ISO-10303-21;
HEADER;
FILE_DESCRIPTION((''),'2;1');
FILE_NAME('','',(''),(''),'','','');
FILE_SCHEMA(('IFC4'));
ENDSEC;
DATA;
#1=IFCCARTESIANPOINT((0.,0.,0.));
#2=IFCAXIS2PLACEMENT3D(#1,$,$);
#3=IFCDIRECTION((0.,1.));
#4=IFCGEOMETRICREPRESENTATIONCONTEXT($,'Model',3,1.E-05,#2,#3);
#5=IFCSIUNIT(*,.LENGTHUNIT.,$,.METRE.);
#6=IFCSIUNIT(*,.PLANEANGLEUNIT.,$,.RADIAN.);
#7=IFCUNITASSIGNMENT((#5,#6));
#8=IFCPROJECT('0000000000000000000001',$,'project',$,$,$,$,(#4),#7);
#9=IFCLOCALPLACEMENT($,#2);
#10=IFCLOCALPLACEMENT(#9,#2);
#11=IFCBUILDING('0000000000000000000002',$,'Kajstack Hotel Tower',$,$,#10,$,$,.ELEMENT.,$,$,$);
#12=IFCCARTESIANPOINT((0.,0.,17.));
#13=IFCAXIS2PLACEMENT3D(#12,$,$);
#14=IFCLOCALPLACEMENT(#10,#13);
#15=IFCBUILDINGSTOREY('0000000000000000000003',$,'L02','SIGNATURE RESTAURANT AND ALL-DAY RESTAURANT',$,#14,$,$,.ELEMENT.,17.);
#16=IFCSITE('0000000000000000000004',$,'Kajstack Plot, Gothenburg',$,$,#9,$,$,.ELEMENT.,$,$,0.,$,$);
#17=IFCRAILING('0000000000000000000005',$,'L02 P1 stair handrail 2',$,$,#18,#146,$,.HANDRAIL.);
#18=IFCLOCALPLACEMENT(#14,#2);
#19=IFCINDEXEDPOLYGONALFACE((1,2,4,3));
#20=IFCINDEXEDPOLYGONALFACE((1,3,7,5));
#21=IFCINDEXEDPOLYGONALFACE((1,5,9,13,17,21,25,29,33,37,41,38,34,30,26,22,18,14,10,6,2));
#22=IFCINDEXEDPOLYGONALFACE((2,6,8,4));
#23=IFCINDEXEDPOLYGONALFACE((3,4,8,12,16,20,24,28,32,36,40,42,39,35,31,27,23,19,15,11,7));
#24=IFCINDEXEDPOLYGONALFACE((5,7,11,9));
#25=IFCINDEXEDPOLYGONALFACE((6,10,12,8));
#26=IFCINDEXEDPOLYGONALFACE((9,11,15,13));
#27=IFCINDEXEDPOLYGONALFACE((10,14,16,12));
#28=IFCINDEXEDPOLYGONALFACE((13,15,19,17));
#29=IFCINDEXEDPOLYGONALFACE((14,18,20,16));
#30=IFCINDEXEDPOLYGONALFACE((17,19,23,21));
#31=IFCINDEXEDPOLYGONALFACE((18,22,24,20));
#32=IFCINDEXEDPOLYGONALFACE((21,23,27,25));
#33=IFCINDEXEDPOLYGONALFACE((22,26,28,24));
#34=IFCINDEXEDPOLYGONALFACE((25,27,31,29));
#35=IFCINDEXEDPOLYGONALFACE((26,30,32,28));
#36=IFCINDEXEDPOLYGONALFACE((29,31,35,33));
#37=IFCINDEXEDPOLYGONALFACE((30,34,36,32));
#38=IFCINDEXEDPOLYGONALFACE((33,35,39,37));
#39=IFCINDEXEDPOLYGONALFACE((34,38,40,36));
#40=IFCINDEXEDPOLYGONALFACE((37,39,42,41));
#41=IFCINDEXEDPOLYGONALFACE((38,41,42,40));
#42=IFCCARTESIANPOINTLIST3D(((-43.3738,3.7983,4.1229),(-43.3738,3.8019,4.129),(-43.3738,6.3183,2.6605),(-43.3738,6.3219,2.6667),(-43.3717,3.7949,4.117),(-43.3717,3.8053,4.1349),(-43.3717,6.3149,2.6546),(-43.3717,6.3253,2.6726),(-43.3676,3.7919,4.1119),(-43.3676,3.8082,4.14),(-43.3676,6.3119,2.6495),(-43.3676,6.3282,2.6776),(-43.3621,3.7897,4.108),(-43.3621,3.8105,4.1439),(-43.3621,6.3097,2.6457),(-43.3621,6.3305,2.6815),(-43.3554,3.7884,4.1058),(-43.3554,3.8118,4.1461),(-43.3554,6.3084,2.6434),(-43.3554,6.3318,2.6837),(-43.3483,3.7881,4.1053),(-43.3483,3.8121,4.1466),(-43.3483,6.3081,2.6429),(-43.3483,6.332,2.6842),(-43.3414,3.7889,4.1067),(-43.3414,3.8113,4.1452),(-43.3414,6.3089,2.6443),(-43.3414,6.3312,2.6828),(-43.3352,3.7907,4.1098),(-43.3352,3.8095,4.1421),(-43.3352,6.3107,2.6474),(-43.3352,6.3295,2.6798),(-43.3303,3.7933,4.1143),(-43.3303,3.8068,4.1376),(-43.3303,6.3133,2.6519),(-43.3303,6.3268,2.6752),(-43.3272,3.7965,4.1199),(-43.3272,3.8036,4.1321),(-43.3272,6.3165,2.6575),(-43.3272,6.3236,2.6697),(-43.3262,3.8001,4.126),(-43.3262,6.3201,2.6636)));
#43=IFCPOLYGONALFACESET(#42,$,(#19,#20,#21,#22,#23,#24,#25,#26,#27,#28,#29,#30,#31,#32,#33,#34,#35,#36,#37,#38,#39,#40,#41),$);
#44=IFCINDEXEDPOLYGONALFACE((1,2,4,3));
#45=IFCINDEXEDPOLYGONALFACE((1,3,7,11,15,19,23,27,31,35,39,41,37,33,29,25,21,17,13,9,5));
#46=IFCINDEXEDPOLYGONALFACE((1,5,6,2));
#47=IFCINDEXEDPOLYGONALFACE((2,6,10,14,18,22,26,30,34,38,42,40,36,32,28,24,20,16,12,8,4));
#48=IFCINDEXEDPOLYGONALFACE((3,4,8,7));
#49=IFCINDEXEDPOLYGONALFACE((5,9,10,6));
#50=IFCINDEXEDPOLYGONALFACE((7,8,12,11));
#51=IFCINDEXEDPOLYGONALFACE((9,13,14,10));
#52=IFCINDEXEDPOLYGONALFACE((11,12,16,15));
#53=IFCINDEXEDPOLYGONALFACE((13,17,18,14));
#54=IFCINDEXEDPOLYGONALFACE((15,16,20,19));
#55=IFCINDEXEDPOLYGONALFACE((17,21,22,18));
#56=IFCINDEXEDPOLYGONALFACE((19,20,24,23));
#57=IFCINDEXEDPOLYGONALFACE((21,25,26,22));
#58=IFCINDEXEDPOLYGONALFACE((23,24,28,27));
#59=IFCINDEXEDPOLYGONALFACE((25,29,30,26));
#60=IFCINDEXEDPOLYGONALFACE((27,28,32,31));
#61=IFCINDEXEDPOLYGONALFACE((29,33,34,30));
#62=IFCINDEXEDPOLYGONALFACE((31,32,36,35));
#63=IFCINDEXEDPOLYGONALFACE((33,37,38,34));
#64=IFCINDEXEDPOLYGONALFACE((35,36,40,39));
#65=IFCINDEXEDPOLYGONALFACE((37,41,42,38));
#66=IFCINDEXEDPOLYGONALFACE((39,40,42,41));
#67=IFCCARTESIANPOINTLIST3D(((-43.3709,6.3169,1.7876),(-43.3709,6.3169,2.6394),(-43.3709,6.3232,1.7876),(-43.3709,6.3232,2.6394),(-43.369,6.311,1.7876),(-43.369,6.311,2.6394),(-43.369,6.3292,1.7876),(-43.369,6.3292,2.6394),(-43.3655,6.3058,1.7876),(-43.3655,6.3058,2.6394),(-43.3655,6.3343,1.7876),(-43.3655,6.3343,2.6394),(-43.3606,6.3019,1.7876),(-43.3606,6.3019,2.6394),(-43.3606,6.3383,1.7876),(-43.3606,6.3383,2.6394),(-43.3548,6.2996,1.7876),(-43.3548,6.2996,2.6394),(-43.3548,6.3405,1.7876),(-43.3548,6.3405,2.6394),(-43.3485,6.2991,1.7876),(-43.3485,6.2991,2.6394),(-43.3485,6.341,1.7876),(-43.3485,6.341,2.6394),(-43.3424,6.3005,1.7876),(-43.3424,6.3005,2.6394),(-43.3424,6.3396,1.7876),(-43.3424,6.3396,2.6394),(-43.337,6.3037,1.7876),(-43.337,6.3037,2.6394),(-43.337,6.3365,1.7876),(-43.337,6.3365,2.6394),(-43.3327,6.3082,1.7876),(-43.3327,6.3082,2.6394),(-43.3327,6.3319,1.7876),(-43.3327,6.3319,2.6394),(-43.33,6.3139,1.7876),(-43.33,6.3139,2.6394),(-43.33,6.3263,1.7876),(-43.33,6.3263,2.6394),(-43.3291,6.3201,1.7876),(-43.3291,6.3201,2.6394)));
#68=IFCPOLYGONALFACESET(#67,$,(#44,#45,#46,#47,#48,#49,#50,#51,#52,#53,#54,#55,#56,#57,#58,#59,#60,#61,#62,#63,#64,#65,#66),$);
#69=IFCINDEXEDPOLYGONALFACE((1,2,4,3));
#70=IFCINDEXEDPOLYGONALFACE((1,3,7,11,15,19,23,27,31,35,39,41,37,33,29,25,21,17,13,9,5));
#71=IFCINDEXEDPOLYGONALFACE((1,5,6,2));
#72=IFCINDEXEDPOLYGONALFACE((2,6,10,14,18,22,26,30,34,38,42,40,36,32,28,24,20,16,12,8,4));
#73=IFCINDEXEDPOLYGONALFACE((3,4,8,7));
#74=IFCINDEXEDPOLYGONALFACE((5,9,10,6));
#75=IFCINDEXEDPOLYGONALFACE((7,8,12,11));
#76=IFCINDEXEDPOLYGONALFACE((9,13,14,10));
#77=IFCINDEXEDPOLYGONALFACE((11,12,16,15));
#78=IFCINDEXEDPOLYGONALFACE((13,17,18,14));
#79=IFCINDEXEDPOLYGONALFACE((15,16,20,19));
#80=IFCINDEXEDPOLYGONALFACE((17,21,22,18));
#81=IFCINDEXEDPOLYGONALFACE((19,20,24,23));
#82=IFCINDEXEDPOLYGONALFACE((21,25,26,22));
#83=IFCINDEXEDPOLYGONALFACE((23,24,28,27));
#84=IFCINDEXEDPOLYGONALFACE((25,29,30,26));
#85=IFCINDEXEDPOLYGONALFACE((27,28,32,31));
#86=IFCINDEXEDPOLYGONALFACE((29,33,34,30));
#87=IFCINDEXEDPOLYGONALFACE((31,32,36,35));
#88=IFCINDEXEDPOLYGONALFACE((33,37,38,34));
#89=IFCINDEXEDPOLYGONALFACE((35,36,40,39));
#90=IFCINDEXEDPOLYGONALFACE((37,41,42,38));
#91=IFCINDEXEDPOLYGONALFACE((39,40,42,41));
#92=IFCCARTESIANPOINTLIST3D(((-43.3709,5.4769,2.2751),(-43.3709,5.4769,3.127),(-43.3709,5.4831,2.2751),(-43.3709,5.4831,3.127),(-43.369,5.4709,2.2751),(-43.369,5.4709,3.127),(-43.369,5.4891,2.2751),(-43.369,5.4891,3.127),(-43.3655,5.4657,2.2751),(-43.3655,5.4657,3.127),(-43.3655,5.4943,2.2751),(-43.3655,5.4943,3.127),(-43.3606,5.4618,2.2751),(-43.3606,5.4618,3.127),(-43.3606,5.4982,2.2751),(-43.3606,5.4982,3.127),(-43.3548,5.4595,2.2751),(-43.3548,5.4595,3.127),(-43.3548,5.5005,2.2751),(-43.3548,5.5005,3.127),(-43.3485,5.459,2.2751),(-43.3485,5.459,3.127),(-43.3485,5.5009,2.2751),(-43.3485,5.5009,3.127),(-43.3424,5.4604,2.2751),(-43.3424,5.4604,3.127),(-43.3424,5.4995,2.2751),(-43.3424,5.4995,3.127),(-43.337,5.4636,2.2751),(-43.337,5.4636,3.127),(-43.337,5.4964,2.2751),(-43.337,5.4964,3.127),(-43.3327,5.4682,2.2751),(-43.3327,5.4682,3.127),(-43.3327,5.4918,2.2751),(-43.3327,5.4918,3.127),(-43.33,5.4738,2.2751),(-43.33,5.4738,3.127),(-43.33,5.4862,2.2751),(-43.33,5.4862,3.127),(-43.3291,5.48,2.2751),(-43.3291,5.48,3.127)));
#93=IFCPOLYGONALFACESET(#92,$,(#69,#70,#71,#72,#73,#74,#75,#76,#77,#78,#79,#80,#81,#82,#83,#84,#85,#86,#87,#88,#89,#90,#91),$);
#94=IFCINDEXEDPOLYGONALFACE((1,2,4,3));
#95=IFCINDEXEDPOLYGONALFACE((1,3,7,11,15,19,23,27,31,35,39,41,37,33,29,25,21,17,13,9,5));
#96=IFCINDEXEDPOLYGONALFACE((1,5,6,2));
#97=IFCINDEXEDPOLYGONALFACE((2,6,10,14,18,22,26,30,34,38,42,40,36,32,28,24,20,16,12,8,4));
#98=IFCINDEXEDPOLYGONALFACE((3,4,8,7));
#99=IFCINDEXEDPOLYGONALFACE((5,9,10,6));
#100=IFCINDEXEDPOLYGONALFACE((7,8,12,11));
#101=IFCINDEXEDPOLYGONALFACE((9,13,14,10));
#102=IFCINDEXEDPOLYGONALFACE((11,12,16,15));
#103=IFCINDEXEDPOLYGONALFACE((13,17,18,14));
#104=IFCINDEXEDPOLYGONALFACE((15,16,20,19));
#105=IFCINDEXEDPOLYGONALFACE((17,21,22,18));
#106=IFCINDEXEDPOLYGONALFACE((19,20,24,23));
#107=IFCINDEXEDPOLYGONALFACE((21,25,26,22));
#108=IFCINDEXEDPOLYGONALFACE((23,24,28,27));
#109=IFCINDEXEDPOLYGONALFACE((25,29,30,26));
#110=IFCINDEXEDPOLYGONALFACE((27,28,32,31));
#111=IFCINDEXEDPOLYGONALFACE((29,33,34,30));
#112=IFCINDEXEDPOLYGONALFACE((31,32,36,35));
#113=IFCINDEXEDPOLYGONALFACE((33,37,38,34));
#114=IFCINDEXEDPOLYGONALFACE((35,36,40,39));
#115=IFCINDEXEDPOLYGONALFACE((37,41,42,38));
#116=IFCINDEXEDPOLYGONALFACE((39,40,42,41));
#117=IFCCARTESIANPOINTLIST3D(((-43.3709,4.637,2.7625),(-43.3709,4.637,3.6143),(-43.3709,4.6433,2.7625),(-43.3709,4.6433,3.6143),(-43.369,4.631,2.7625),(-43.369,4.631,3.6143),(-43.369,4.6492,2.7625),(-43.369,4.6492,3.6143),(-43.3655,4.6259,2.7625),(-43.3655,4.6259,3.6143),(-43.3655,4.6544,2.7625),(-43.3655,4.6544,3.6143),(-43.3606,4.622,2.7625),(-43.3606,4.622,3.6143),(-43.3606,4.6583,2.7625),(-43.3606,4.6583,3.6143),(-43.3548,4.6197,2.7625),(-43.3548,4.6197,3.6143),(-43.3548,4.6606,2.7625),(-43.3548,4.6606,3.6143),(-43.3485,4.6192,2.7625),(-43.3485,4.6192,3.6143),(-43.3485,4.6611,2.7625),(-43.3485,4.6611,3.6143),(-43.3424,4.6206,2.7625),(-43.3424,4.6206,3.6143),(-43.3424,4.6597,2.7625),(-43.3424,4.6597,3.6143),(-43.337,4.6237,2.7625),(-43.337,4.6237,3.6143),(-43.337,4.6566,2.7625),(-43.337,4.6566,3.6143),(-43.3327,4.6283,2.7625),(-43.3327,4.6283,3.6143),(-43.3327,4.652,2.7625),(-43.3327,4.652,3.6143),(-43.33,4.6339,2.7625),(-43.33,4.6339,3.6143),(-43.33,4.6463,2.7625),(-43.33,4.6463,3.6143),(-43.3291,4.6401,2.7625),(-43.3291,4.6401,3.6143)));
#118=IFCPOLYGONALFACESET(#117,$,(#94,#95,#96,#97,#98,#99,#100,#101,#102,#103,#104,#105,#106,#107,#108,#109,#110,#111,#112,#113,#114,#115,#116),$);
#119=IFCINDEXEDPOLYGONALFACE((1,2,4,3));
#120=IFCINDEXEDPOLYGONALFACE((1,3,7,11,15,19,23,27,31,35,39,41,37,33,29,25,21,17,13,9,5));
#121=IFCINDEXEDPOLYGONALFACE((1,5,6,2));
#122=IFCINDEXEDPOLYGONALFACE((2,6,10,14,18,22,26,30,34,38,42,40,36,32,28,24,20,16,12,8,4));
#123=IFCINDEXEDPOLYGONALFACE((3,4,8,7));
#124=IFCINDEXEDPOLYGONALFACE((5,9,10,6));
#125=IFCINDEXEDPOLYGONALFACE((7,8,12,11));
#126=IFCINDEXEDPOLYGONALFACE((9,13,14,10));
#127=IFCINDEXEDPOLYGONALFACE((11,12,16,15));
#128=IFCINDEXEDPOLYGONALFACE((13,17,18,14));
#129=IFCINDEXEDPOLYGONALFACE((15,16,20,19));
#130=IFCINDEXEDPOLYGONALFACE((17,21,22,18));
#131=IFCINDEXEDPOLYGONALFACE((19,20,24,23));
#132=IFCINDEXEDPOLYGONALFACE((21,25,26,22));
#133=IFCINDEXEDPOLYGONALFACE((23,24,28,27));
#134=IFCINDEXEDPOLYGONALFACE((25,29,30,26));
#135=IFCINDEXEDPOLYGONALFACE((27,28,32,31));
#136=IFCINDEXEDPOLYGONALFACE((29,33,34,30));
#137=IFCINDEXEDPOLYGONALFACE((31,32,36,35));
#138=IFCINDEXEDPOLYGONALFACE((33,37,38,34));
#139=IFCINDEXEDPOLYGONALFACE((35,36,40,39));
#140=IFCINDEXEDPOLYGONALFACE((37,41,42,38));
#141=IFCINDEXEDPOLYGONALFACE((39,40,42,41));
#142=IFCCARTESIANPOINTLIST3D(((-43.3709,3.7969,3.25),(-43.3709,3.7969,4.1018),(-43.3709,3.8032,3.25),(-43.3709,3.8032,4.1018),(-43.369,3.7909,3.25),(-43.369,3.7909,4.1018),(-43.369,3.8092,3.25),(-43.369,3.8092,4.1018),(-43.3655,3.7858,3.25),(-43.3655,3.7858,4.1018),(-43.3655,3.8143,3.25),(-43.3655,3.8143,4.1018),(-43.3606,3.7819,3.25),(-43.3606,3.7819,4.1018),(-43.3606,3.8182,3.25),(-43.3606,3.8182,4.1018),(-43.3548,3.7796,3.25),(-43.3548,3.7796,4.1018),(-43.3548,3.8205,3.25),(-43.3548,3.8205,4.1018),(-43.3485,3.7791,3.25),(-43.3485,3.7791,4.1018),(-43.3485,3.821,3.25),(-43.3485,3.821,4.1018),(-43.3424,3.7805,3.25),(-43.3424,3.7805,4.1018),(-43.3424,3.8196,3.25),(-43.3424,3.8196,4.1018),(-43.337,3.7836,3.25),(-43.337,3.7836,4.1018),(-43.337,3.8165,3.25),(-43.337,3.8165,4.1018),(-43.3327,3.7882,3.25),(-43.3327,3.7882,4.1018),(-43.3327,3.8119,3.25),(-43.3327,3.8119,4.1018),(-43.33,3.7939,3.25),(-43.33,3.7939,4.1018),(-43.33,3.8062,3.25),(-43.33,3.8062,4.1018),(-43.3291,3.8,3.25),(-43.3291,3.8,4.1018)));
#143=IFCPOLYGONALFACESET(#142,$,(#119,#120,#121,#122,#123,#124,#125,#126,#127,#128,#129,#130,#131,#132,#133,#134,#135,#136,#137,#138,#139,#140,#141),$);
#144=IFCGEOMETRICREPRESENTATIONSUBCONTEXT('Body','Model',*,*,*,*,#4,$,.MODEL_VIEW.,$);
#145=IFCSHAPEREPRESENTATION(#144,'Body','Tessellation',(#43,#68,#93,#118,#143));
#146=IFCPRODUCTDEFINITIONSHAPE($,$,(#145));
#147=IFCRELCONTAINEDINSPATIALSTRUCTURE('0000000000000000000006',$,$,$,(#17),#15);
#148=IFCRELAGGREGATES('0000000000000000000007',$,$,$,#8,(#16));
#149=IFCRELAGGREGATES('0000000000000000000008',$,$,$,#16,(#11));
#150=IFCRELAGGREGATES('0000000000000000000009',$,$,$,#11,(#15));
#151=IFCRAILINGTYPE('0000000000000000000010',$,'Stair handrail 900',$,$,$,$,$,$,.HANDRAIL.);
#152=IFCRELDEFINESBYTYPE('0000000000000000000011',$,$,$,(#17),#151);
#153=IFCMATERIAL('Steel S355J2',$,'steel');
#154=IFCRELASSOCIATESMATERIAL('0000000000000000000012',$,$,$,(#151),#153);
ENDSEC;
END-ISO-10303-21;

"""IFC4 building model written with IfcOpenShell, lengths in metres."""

from ifc_helpers import new_model, si_unit, direction, frame, origin, origin_2d, place, context, subcontext, project, spatial, circle, extrude, material, type_object, element, save


model = new_model("IFC4")

# Units and contexts
model_context = context("Model", 3, precision=1e-05, world=origin(), true_north=direction((0.0, 1.0)))
body_context = subcontext(model_context, "Body", "Model", "MODEL_VIEW")
ifc_project = project(units=[si_unit("LENGTHUNIT", "METRE"), si_unit("PLANEANGLEUNIT", "RADIAN")], contexts=[model_context])

# Site, building, storey
site_placement = place(None, origin())
site = spatial("IfcSite", under=ifc_project, at=site_placement, Name="Kajstack Plot, Gothenburg", CompositionType="ELEMENT", RefElevation=0.0)
building_placement = place(site_placement, origin())
building = spatial("IfcBuilding", under=site, at=building_placement, Name="Kajstack Hotel Tower", CompositionType="ELEMENT")
storey_placement = place(building_placement, frame((0.0, 0.0, 17.0)))
storey = spatial("IfcBuildingStorey", under=building, at=storey_placement, Name="L02", Description="SIGNATURE RESTAURANT AND ALL-DAY RESTAURANT", CompositionType="ELEMENT", Elevation=17.0)

# Railing
ifc_material_1 = material(Name="Steel S355J2", Category="steel")
railing_type_1 = type_object("IfcRailingType", Name="Stair handrail 900", PredefinedType="HANDRAIL", material=ifc_material_1)
railing_1_placement = place(storey_placement, frame((-43.3501, 6.3201, 1.7876)))
element("IfcRailing", 1, at=railing_1_placement, inside=storey, type_object=railing_type_1, Name="L02 P1 stair handrail 2", PredefinedType="HANDRAIL", context=body_context, shape_type="SweptSolid", body=[
    extrude(circle(Radius=0.0239, at=origin_2d()), frame((0.0, 0.0, 0.876), z_axis=(0.0, -0.864913, 0.501921), x_axis=(1.0, 0.0, 0.0)), (0.0, 0.0, 1.0), 2.9136),
    extrude(circle(Radius=0.021, at=origin_2d()), origin(), (0.0, 0.0, 1.0), 0.8518),
    extrude(circle(Radius=0.021, at=origin_2d()), frame((0.0, -0.8401, 0.4875)), (0.0, 0.0, 1.0), 0.8518),
    extrude(circle(Radius=0.021, at=origin_2d()), frame((0.0, -1.6799, 0.9749)), (0.0, 0.0, 1.0), 0.8518),
    extrude(circle(Radius=0.021, at=origin_2d()), frame((0.0, -2.52, 1.4624)), (0.0, 0.0, 1.0), 0.8518),
])

save(model, "model.ifc")
